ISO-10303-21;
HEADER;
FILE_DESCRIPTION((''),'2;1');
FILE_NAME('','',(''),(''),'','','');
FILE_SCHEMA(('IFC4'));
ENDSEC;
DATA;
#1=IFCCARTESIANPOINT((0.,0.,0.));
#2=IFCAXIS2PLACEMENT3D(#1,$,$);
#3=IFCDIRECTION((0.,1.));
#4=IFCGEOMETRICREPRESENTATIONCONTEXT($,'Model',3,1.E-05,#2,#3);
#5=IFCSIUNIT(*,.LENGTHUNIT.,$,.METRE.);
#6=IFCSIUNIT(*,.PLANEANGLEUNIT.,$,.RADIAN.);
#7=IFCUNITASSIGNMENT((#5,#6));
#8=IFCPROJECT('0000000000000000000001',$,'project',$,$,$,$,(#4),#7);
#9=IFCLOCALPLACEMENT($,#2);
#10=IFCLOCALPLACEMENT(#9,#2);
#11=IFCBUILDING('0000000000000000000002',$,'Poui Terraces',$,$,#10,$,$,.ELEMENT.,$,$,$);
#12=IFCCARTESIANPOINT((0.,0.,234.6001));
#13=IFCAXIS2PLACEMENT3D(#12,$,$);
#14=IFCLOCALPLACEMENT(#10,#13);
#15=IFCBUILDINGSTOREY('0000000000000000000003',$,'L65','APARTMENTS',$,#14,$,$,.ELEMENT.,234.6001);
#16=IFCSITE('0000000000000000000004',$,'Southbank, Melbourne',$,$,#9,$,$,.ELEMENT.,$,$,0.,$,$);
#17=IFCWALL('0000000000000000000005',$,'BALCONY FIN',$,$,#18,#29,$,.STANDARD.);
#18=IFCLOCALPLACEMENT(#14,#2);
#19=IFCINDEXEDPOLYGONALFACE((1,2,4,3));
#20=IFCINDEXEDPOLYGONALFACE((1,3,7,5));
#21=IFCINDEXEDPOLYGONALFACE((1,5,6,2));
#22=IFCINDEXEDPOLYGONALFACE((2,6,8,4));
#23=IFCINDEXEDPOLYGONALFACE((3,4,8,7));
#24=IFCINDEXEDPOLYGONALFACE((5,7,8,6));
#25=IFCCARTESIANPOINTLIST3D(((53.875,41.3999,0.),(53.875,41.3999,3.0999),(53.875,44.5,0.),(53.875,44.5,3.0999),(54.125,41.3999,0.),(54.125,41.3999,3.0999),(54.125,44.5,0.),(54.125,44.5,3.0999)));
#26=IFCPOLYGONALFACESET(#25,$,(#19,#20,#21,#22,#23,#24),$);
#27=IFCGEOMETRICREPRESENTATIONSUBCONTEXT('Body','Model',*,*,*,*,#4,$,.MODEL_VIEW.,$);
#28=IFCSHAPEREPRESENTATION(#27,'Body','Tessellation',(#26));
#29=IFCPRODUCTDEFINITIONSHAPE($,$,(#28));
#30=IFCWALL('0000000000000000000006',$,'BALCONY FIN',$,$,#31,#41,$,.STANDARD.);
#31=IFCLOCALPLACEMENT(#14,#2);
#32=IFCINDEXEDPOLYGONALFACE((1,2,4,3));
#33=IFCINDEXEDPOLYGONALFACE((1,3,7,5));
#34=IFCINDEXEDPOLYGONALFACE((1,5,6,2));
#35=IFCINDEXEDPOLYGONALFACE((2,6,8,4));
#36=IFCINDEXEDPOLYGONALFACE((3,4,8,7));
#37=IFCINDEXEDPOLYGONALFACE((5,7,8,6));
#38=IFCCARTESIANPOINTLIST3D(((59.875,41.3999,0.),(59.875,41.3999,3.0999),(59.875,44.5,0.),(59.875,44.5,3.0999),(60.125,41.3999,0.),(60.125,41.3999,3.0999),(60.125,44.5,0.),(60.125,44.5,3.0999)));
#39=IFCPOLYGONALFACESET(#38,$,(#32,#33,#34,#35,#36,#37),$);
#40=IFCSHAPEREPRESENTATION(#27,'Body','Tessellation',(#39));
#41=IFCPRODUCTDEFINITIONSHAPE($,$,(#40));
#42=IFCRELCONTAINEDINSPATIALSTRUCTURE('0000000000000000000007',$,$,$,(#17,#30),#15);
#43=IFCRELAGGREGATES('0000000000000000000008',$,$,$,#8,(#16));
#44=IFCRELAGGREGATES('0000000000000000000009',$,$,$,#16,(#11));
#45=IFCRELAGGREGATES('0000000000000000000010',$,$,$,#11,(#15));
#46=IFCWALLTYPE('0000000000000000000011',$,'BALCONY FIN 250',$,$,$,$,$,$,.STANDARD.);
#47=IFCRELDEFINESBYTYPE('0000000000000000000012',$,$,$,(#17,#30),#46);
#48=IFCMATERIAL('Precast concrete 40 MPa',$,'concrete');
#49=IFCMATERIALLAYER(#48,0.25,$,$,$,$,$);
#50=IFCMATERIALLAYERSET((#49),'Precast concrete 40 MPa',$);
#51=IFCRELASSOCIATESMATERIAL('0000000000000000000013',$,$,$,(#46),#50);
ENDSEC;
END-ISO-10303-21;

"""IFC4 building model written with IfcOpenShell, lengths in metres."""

from ifc_helpers import new_model, si_unit, direction, frame, origin, place, context, subcontext, project, spatial, polyline, outline, extrude, source, transform, mapped, material, layer, layer_set, type_object, element, save


model = new_model("IFC4")

# Units and contexts
model_context = context("Model", 3, precision=1e-05, world=origin(), true_north=direction((0.0, 1.0)))
body_context = subcontext(model_context, "Body", "Model", "MODEL_VIEW")
ifc_project = project(units=[si_unit("LENGTHUNIT", "METRE"), si_unit("PLANEANGLEUNIT", "RADIAN")], contexts=[model_context])

# Site, building, storey
site_placement = place(None, origin())
site = spatial("IfcSite", under=ifc_project, at=site_placement, Name="Southbank, Melbourne", CompositionType="ELEMENT", RefElevation=0.0)
building_placement = place(site_placement, origin())
building = spatial("IfcBuilding", under=site, at=building_placement, Name="Poui Terraces", CompositionType="ELEMENT")
storey_placement = place(building_placement, frame((0.0, 0.0, 234.6001)))
storey = spatial("IfcBuildingStorey", under=building, at=storey_placement, Name="L65", Description="APARTMENTS", CompositionType="ELEMENT", Elevation=234.6001)

# Walls
ifc_material_1 = material(Name="Precast concrete 40 MPa", Category="concrete")
ifc_layer_1 = layer(ifc_material_1, 0.25)
ifc_layer_set_1 = layer_set([ifc_layer_1], Name="Precast concrete 40 MPa")
wall_type_1 = type_object("IfcWallType", Name="BALCONY FIN 250", PredefinedType="STANDARD", material=ifc_layer_set_1)
shared_shape_1 = source(origin(), body_context, "Body", "SweptSolid", [
    extrude(outline(polyline([(0.0, 0.0), (0.25, 0.0), (0.25, 3.1001), (0.0, 3.1001), (0.0, 0.0)])), origin(), (0.0, 0.0, 1.0), 3.0999),
])
for number, where, name in (
    (1, (53.875, 41.3999, 0.0), "BALCONY FIN"),
    (2, (59.875, 41.3999, 0.0), "BALCONY FIN"),
):
    element("IfcWall", number, at=place(storey_placement, frame(where)), inside=storey, type_object=wall_type_1, Name=name, PredefinedType="STANDARD", context=body_context, shape_type="MappedRepresentation", body=[
        mapped(shared_shape_1, transform((0.0, 0.0, 0.0))),
    ])

save(model, "model.ifc")
